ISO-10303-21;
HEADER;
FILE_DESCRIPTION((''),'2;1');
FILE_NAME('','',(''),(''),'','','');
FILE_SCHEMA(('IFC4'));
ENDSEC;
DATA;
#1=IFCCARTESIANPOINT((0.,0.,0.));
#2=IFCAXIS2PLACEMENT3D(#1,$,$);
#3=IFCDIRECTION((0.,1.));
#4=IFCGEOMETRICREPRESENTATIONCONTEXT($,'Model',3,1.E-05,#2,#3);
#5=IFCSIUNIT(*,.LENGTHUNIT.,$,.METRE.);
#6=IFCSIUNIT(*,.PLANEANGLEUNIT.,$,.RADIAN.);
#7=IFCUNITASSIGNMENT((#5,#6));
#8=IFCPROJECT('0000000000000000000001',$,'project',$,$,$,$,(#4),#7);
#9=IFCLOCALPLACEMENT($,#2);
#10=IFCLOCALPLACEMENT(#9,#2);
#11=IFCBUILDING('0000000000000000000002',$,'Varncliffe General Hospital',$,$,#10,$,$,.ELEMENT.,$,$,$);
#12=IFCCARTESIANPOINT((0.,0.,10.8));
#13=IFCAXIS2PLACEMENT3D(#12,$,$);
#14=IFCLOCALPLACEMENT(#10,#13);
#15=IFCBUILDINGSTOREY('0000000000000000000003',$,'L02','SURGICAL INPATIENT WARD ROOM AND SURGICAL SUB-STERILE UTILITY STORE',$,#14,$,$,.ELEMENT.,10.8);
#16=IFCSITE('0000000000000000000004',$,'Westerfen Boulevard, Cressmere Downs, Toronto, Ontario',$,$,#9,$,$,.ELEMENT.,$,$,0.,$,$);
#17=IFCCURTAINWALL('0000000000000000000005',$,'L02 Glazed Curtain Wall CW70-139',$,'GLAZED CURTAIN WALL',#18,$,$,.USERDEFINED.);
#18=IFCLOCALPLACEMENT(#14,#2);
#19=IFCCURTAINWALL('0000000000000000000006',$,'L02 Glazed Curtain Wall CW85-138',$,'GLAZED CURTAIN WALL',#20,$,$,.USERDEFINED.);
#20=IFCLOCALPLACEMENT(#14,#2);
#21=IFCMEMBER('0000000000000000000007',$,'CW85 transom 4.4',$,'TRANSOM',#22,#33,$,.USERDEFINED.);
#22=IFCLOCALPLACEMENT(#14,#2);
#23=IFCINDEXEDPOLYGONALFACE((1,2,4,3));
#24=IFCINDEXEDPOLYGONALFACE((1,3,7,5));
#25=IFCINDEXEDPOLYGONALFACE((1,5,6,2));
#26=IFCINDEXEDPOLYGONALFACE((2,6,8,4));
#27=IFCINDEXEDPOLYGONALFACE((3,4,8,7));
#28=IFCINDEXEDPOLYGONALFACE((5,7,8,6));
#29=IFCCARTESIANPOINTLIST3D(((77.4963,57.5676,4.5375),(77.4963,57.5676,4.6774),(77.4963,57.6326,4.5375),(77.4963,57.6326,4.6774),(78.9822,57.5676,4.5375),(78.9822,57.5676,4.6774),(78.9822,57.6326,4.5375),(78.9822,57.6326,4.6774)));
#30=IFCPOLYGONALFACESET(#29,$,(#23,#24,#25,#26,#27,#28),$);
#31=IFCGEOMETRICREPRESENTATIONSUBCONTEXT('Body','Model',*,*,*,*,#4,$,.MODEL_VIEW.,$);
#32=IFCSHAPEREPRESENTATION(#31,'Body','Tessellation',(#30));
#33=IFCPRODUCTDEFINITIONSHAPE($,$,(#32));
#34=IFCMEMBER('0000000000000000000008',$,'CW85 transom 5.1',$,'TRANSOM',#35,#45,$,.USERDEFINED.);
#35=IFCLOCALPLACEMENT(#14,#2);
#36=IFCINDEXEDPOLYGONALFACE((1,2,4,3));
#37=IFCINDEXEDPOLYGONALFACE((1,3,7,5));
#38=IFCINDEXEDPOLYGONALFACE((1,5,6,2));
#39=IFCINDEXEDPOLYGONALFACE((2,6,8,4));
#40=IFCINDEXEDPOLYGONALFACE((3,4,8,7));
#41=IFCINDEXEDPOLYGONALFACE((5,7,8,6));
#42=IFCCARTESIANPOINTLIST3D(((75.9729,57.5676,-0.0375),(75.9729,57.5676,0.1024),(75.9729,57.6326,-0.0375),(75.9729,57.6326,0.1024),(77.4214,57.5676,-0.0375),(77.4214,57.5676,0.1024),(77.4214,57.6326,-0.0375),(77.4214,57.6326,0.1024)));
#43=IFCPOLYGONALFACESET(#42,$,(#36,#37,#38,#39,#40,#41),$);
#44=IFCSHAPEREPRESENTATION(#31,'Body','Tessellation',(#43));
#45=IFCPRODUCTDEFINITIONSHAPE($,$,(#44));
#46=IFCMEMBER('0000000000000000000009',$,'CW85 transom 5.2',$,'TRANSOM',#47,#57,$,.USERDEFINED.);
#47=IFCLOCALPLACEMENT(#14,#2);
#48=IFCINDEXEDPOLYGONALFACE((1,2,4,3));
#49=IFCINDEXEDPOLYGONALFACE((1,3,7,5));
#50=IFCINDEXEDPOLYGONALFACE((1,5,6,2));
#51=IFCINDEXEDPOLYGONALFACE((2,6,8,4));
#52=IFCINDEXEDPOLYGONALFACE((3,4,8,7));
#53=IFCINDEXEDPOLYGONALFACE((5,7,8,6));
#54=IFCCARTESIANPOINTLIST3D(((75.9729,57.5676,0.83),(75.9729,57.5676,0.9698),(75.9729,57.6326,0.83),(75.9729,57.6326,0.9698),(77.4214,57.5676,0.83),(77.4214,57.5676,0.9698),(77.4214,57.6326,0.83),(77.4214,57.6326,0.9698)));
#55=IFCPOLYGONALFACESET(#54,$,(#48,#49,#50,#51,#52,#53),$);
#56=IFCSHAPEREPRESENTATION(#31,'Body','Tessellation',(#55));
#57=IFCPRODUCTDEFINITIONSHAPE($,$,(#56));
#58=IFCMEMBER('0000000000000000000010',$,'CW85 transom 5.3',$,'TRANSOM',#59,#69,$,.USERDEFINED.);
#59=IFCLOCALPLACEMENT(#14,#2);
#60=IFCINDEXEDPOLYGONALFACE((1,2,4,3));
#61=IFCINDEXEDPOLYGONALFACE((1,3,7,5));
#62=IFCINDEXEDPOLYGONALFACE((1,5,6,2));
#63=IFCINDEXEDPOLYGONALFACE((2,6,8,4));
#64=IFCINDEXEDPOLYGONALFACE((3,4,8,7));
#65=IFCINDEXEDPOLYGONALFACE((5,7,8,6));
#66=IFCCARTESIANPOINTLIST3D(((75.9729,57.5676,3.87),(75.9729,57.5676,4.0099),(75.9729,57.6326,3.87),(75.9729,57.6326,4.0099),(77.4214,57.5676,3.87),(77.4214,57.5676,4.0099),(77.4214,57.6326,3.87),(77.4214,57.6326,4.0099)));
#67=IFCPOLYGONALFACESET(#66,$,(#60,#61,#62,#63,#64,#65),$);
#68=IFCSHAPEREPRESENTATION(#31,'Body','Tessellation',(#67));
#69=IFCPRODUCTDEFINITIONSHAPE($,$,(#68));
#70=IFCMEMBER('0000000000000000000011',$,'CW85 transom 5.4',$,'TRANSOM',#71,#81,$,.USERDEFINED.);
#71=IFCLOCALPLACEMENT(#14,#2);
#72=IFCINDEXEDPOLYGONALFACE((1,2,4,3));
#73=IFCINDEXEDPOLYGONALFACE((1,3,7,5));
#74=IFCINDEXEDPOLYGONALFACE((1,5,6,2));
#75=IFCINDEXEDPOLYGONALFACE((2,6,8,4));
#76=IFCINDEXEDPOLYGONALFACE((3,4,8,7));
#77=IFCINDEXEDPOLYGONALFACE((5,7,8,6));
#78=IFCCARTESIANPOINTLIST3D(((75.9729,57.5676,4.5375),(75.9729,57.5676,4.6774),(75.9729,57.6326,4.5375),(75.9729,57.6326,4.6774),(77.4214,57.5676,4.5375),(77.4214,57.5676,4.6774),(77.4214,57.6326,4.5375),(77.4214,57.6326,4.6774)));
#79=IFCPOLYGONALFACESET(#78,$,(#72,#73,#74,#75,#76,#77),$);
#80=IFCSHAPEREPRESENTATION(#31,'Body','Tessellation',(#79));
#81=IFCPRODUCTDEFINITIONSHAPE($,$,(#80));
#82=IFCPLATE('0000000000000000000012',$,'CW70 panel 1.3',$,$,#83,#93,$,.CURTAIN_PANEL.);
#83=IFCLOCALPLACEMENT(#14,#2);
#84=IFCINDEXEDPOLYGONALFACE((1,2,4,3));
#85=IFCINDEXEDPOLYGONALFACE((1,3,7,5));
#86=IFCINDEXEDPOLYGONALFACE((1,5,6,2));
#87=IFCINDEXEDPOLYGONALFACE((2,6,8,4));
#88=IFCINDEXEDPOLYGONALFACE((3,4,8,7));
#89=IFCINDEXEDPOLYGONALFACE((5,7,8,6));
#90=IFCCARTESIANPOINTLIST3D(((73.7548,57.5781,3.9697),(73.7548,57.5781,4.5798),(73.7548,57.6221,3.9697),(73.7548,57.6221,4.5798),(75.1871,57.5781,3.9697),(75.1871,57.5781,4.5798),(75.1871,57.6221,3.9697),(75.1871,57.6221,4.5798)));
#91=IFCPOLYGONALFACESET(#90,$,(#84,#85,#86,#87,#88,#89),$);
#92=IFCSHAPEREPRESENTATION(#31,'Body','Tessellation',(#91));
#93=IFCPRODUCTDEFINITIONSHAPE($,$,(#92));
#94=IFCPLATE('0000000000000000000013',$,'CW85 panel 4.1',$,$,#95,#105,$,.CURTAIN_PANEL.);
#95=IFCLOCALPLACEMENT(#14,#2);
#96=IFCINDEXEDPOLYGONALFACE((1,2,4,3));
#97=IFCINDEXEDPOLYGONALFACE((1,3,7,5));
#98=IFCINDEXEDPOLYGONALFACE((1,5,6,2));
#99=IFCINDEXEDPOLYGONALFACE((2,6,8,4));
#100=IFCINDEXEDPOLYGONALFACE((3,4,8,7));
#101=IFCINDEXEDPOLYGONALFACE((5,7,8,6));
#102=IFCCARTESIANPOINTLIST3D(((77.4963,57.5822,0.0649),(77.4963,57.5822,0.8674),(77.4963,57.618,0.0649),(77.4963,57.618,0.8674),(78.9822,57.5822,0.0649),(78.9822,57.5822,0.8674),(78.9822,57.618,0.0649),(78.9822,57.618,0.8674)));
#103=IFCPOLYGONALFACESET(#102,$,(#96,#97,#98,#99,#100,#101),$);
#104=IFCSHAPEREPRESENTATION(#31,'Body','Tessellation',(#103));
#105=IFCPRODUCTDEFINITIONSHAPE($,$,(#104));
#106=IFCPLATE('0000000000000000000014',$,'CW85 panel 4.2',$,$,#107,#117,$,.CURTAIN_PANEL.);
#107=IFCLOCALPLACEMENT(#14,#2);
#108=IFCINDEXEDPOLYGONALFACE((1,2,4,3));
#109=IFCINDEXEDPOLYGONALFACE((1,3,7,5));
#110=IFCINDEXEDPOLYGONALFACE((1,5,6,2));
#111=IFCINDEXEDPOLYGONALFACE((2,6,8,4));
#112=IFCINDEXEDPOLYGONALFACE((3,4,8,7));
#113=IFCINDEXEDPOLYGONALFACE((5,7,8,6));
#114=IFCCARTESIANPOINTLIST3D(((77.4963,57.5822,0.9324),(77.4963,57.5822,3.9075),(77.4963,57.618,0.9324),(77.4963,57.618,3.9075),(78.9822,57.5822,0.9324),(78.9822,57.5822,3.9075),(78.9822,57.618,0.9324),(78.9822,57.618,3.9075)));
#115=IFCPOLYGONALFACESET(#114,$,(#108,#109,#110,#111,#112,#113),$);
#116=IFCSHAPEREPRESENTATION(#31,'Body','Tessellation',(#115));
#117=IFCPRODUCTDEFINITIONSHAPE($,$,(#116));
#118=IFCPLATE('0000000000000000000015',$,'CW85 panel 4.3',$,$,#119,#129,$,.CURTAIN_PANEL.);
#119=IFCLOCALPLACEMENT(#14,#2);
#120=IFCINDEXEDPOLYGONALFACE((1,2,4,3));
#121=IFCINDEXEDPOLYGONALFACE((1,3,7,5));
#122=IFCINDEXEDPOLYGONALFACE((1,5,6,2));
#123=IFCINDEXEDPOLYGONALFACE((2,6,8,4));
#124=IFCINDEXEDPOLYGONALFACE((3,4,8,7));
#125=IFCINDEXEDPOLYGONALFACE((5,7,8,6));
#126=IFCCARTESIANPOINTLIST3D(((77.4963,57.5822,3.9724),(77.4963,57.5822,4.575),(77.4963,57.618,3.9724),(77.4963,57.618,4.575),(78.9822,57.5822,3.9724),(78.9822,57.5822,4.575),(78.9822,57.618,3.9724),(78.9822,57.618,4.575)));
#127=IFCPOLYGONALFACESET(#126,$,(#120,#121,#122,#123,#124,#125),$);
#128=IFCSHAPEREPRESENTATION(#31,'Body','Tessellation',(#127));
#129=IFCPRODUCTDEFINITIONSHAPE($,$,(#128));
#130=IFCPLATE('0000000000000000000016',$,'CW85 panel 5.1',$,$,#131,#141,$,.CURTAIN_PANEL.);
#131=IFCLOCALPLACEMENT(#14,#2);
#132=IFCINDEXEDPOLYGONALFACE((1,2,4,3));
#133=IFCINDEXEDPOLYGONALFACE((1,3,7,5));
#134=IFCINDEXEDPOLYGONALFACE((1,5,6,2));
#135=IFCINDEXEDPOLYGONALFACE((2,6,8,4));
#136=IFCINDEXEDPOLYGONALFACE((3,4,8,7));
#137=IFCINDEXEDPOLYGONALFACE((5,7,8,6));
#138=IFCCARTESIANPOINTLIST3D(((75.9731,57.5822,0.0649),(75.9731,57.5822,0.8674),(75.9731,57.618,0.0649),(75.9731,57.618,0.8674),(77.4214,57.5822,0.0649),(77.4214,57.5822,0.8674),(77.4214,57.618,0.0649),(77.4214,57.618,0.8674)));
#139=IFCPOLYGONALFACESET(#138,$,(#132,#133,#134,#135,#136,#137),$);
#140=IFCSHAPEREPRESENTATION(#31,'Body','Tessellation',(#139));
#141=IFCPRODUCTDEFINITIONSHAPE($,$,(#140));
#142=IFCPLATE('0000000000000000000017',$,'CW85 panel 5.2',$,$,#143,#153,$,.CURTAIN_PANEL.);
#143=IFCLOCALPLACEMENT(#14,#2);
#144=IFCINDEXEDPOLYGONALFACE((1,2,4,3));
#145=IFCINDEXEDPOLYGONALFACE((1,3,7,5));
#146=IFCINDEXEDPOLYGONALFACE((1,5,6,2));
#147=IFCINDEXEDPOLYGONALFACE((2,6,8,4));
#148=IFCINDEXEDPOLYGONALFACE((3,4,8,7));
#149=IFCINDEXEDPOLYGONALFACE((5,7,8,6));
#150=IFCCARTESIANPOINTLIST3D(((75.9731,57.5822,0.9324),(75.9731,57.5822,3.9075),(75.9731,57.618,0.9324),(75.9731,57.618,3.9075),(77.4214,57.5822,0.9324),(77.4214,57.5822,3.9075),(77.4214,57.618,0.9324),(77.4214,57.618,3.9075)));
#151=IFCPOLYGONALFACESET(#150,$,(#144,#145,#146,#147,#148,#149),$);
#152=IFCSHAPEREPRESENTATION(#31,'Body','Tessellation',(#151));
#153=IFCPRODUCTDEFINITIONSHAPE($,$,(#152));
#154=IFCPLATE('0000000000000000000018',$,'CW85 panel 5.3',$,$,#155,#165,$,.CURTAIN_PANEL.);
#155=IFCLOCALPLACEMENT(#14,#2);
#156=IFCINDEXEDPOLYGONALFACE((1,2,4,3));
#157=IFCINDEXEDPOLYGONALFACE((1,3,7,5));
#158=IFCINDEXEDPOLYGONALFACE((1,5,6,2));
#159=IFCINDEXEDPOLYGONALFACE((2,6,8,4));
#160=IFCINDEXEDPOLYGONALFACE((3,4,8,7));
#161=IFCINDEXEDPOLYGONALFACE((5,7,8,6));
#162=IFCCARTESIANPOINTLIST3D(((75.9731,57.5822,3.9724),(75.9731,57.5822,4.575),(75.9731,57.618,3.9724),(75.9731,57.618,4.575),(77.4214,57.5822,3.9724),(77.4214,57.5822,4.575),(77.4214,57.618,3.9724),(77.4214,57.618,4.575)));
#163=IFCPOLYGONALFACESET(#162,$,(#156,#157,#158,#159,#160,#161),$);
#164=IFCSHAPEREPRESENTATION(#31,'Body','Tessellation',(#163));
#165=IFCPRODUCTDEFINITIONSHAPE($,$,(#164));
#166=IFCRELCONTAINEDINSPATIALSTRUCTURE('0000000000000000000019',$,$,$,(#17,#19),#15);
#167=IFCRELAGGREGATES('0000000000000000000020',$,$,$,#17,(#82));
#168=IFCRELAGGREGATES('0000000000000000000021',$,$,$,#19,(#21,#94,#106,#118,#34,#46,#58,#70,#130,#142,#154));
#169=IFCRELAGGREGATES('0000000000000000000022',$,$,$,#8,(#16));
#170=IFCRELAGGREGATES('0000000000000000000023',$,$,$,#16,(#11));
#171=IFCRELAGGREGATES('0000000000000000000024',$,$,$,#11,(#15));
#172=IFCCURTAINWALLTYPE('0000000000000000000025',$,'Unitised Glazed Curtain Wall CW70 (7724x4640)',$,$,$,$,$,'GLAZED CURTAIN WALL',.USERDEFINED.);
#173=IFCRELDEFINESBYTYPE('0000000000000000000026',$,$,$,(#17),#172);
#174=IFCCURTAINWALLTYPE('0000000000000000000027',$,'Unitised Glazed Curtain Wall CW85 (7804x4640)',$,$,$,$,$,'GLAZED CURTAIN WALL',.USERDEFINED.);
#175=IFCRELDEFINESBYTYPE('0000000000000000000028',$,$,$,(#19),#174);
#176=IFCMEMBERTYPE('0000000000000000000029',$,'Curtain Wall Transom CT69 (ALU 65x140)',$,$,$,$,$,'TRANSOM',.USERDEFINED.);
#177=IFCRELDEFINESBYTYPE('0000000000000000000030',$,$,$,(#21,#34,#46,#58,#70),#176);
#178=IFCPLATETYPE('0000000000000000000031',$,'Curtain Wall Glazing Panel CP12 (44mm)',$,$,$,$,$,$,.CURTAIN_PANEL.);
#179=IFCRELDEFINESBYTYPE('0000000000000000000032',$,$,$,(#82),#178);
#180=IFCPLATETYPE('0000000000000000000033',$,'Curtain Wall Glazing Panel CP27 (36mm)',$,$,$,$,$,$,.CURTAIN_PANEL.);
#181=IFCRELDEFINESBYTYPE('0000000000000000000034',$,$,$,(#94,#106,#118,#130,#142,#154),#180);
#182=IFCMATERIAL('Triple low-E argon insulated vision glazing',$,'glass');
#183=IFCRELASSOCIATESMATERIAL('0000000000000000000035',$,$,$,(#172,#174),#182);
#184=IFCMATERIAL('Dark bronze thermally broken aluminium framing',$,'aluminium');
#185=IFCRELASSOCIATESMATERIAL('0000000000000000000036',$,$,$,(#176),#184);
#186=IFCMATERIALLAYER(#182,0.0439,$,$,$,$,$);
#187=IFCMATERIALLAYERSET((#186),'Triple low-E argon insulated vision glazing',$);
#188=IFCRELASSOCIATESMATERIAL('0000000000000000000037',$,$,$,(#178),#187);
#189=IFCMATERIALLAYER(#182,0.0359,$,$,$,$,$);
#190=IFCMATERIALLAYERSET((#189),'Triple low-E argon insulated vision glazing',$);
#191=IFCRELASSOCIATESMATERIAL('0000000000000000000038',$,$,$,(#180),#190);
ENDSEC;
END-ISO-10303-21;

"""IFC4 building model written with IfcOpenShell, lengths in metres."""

from ifc_helpers import new_model, si_unit, direction, frame, origin, origin_2d, place, context, subcontext, project, spatial, rectangle, extrude, material, layer, layer_set, material_profile, profile_set, type_object, element, aggregate, save


model = new_model("IFC4")

# Units and contexts
model_context = context("Model", 3, precision=1e-05, world=origin(), true_north=direction((0.0, 1.0)))
body_context = subcontext(model_context, "Body", "Model", "MODEL_VIEW")
ifc_project = project(units=[si_unit("LENGTHUNIT", "METRE"), si_unit("PLANEANGLEUNIT", "RADIAN")], contexts=[model_context])

# Site, building, storey
site_placement = place(None, origin())
site = spatial("IfcSite", under=ifc_project, at=site_placement, Name="Westerfen Boulevard, Cressmere Downs, Toronto, Ontario", CompositionType="ELEMENT", RefElevation=0.0)
building_placement = place(site_placement, origin())
building = spatial("IfcBuilding", under=site, at=building_placement, Name="Varncliffe General Hospital", CompositionType="ELEMENT")
storey_placement = place(building_placement, frame((0.0, 0.0, 10.8)))
storey = spatial("IfcBuildingStorey", under=building, at=storey_placement, Name="L02", Description="SURGICAL INPATIENT WARD ROOM AND SURGICAL SUB-STERILE UTILITY STORE", CompositionType="ELEMENT", Elevation=10.8)

# Curtain wall
ifc_material_1 = material(Name="Triple low-E argon insulated vision glazing", Category="glass")
curtain_wall_type_1 = type_object("IfcCurtainWallType", Name="Unitised Glazed Curtain Wall CW70 (7724x4640)", ElementType="GLAZED CURTAIN WALL", PredefinedType="USERDEFINED", material=ifc_material_1)
curtain_wall_1_placement = place(storey_placement, origin())
curtain_wall_1 = element("IfcCurtainWall", 1, at=curtain_wall_1_placement, inside=storey, type_object=curtain_wall_type_1, Name="L02 Glazed Curtain Wall CW70-139", ObjectType="GLAZED CURTAIN WALL", PredefinedType="USERDEFINED")
ifc_material_2 = material(Name="Dark bronze thermally broken aluminium framing", Category="aluminium")

# Curtain wall
curtain_wall_type_2 = type_object("IfcCurtainWallType", Name="Unitised Glazed Curtain Wall CW85 (7804x4640)", ElementType="GLAZED CURTAIN WALL", PredefinedType="USERDEFINED", material=ifc_material_1)
curtain_wall_2_placement = place(storey_placement, origin())
curtain_wall_2 = element("IfcCurtainWall", 2, at=curtain_wall_2_placement, inside=storey, type_object=curtain_wall_type_2, Name="L02 Glazed Curtain Wall CW85-138", ObjectType="GLAZED CURTAIN WALL", PredefinedType="USERDEFINED")

# Members
ifc_material_profile_1 = material_profile(ifc_material_2, rectangle(XDim=0.0649, YDim=0.1399, at=origin_2d()), Name="ALU 65x140")
ifc_profile_set_1 = profile_set([ifc_material_profile_1], Name="Dark bronze thermally broken aluminium framing")
member_type_1 = type_object("IfcMemberType", Name="Curtain Wall Transom CT69 (ALU 65x140)", ElementType="TRANSOM", PredefinedType="USERDEFINED", material=ifc_profile_set_1)
member_1_placement = place(storey_placement, frame((78.9822, 57.6001, 4.6074), z_axis=(-1.0, 0.0, 0.0), x_axis=(0.0, -1.0, 0.0)))
member_1 = element("IfcMember", 3, at=member_1_placement, type_object=member_type_1, Name="CW85 transom 4.4", ObjectType="TRANSOM", PredefinedType="USERDEFINED", context=body_context, shape_type="SweptSolid", body=[
    extrude(rectangle(XDim=0.0649, YDim=0.1399, at=origin_2d()), origin(), (0.0, 0.0, 1.0), 1.4858),
])
member_2_placement = place(storey_placement, frame((77.4214, 57.6001, 0.0325), z_axis=(-1.0, 0.0, 0.0), x_axis=(0.0, -1.0, 0.0)))
member_2 = element("IfcMember", 4, at=member_2_placement, type_object=member_type_1, Name="CW85 transom 5.1", ObjectType="TRANSOM", PredefinedType="USERDEFINED", context=body_context, shape_type="SweptSolid", body=[
    extrude(rectangle(XDim=0.0649, YDim=0.1399, at=origin_2d()), origin(), (0.0, 0.0, 1.0), 1.4485),
])
member_3_placement = place(storey_placement, frame((77.4214, 57.6001, 0.8999), z_axis=(-1.0, 0.0, 0.0), x_axis=(0.0, -1.0, 0.0)))
member_3 = element("IfcMember", 5, at=member_3_placement, type_object=member_type_1, Name="CW85 transom 5.2", ObjectType="TRANSOM", PredefinedType="USERDEFINED", context=body_context, shape_type="SweptSolid", body=[
    extrude(rectangle(XDim=0.0649, YDim=0.1399, at=origin_2d()), origin(), (0.0, 0.0, 1.0), 1.4485),
])
member_4_placement = place(storey_placement, frame((77.4214, 57.6001, 3.9399), z_axis=(-1.0, 0.0, 0.0), x_axis=(0.0, -1.0, 0.0)))
member_4 = element("IfcMember", 6, at=member_4_placement, type_object=member_type_1, Name="CW85 transom 5.3", ObjectType="TRANSOM", PredefinedType="USERDEFINED", context=body_context, shape_type="SweptSolid", body=[
    extrude(rectangle(XDim=0.0649, YDim=0.1399, at=origin_2d()), origin(), (0.0, 0.0, 1.0), 1.4485),
])
member_5_placement = place(storey_placement, frame((77.4214, 57.6001, 4.6074), z_axis=(-1.0, 0.0, 0.0), x_axis=(0.0, -1.0, 0.0)))
member_5 = element("IfcMember", 7, at=member_5_placement, type_object=member_type_1, Name="CW85 transom 5.4", ObjectType="TRANSOM", PredefinedType="USERDEFINED", context=body_context, shape_type="SweptSolid", body=[
    extrude(rectangle(XDim=0.0649, YDim=0.1399, at=origin_2d()), origin(), (0.0, 0.0, 1.0), 1.4485),
])

# Plates
ifc_layer_1 = layer(ifc_material_1, 0.0439)
ifc_layer_set_1 = layer_set([ifc_layer_1], Name="Triple low-E argon insulated vision glazing")
plate_type_1 = type_object("IfcPlateType", Name="Curtain Wall Glazing Panel CP12 (44mm)", PredefinedType="CURTAIN_PANEL", material=ifc_layer_set_1)
plate_1_placement = place(storey_placement, frame((74.4709, 57.6001, 3.9697), z_axis=(0.0, 0.0, 1.0), x_axis=(-1.0, 0.0, 0.0)))
plate_1 = element("IfcPlate", 8, at=plate_1_placement, type_object=plate_type_1, Name="CW70 panel 1.3", PredefinedType="CURTAIN_PANEL", context=body_context, shape_type="SweptSolid", body=[
    extrude(rectangle(XDim=1.4324, YDim=0.0439, at=origin_2d()), origin(), (0.0, 0.0, 1.0), 0.6101),
])
aggregate(curtain_wall_1, [plate_1])
ifc_layer_2 = layer(ifc_material_1, 0.0359)
ifc_layer_set_2 = layer_set([ifc_layer_2], Name="Triple low-E argon insulated vision glazing")
plate_type_2 = type_object("IfcPlateType", Name="Curtain Wall Glazing Panel CP27 (36mm)", PredefinedType="CURTAIN_PANEL", material=ifc_layer_set_2)
plate_2_placement = place(storey_placement, frame((78.2393, 57.6001, 0.0649), z_axis=(0.0, 0.0, 1.0), x_axis=(-1.0, 0.0, 0.0)))
plate_2 = element("IfcPlate", 9, at=plate_2_placement, type_object=plate_type_2, Name="CW85 panel 4.1", PredefinedType="CURTAIN_PANEL", context=body_context, shape_type="SweptSolid", body=[
    extrude(rectangle(XDim=1.4858, YDim=0.0359, at=origin_2d()), origin(), (0.0, 0.0, 1.0), 0.8025),
])
plate_3_placement = place(storey_placement, frame((78.2393, 57.6001, 0.9324), z_axis=(0.0, 0.0, 1.0), x_axis=(-1.0, 0.0, 0.0)))
plate_3 = element("IfcPlate", 10, at=plate_3_placement, type_object=plate_type_2, Name="CW85 panel 4.2", PredefinedType="CURTAIN_PANEL", context=body_context, shape_type="SweptSolid", body=[
    extrude(rectangle(XDim=1.4858, YDim=0.0359, at=origin_2d()), origin(), (0.0, 0.0, 1.0), 2.9751),
])
plate_4_placement = place(storey_placement, frame((78.2393, 57.6001, 3.9724), z_axis=(0.0, 0.0, 1.0), x_axis=(-1.0, 0.0, 0.0)))
plate_4 = element("IfcPlate", 11, at=plate_4_placement, type_object=plate_type_2, Name="CW85 panel 4.3", PredefinedType="CURTAIN_PANEL", context=body_context, shape_type="SweptSolid", body=[
    extrude(rectangle(XDim=1.4858, YDim=0.0359, at=origin_2d()), origin(), (0.0, 0.0, 1.0), 0.6025),
])
plate_5_placement = place(storey_placement, frame((76.6973, 57.6001, 0.0649), z_axis=(0.0, 0.0, 1.0), x_axis=(-1.0, 0.0, 0.0)))
plate_5 = element("IfcPlate", 12, at=plate_5_placement, type_object=plate_type_2, Name="CW85 panel 5.1", PredefinedType="CURTAIN_PANEL", context=body_context, shape_type="SweptSolid", body=[
    extrude(rectangle(XDim=1.4482, YDim=0.0359, at=origin_2d()), origin(), (0.0, 0.0, 1.0), 0.8025),
])
plate_6_placement = place(storey_placement, frame((76.6973, 57.6001, 0.9324), z_axis=(0.0, 0.0, 1.0), x_axis=(-1.0, 0.0, 0.0)))
plate_6 = element("IfcPlate", 13, at=plate_6_placement, type_object=plate_type_2, Name="CW85 panel 5.2", PredefinedType="CURTAIN_PANEL", context=body_context, shape_type="SweptSolid", body=[
    extrude(rectangle(XDim=1.4482, YDim=0.0359, at=origin_2d()), origin(), (0.0, 0.0, 1.0), 2.9751),
])
plate_7_placement = place(storey_placement, frame((76.6973, 57.6001, 3.9724), z_axis=(0.0, 0.0, 1.0), x_axis=(-1.0, 0.0, 0.0)))
plate_7 = element("IfcPlate", 14, at=plate_7_placement, type_object=plate_type_2, Name="CW85 panel 5.3", PredefinedType="CURTAIN_PANEL", context=body_context, shape_type="SweptSolid", body=[
    extrude(rectangle(XDim=1.4482, YDim=0.0359, at=origin_2d()), origin(), (0.0, 0.0, 1.0), 0.6025),
])
aggregate(curtain_wall_2, [member_1, plate_2, plate_3, plate_4, member_2, member_3, member_4, member_5, plate_5, plate_6, plate_7])

save(model, "model.ifc")
